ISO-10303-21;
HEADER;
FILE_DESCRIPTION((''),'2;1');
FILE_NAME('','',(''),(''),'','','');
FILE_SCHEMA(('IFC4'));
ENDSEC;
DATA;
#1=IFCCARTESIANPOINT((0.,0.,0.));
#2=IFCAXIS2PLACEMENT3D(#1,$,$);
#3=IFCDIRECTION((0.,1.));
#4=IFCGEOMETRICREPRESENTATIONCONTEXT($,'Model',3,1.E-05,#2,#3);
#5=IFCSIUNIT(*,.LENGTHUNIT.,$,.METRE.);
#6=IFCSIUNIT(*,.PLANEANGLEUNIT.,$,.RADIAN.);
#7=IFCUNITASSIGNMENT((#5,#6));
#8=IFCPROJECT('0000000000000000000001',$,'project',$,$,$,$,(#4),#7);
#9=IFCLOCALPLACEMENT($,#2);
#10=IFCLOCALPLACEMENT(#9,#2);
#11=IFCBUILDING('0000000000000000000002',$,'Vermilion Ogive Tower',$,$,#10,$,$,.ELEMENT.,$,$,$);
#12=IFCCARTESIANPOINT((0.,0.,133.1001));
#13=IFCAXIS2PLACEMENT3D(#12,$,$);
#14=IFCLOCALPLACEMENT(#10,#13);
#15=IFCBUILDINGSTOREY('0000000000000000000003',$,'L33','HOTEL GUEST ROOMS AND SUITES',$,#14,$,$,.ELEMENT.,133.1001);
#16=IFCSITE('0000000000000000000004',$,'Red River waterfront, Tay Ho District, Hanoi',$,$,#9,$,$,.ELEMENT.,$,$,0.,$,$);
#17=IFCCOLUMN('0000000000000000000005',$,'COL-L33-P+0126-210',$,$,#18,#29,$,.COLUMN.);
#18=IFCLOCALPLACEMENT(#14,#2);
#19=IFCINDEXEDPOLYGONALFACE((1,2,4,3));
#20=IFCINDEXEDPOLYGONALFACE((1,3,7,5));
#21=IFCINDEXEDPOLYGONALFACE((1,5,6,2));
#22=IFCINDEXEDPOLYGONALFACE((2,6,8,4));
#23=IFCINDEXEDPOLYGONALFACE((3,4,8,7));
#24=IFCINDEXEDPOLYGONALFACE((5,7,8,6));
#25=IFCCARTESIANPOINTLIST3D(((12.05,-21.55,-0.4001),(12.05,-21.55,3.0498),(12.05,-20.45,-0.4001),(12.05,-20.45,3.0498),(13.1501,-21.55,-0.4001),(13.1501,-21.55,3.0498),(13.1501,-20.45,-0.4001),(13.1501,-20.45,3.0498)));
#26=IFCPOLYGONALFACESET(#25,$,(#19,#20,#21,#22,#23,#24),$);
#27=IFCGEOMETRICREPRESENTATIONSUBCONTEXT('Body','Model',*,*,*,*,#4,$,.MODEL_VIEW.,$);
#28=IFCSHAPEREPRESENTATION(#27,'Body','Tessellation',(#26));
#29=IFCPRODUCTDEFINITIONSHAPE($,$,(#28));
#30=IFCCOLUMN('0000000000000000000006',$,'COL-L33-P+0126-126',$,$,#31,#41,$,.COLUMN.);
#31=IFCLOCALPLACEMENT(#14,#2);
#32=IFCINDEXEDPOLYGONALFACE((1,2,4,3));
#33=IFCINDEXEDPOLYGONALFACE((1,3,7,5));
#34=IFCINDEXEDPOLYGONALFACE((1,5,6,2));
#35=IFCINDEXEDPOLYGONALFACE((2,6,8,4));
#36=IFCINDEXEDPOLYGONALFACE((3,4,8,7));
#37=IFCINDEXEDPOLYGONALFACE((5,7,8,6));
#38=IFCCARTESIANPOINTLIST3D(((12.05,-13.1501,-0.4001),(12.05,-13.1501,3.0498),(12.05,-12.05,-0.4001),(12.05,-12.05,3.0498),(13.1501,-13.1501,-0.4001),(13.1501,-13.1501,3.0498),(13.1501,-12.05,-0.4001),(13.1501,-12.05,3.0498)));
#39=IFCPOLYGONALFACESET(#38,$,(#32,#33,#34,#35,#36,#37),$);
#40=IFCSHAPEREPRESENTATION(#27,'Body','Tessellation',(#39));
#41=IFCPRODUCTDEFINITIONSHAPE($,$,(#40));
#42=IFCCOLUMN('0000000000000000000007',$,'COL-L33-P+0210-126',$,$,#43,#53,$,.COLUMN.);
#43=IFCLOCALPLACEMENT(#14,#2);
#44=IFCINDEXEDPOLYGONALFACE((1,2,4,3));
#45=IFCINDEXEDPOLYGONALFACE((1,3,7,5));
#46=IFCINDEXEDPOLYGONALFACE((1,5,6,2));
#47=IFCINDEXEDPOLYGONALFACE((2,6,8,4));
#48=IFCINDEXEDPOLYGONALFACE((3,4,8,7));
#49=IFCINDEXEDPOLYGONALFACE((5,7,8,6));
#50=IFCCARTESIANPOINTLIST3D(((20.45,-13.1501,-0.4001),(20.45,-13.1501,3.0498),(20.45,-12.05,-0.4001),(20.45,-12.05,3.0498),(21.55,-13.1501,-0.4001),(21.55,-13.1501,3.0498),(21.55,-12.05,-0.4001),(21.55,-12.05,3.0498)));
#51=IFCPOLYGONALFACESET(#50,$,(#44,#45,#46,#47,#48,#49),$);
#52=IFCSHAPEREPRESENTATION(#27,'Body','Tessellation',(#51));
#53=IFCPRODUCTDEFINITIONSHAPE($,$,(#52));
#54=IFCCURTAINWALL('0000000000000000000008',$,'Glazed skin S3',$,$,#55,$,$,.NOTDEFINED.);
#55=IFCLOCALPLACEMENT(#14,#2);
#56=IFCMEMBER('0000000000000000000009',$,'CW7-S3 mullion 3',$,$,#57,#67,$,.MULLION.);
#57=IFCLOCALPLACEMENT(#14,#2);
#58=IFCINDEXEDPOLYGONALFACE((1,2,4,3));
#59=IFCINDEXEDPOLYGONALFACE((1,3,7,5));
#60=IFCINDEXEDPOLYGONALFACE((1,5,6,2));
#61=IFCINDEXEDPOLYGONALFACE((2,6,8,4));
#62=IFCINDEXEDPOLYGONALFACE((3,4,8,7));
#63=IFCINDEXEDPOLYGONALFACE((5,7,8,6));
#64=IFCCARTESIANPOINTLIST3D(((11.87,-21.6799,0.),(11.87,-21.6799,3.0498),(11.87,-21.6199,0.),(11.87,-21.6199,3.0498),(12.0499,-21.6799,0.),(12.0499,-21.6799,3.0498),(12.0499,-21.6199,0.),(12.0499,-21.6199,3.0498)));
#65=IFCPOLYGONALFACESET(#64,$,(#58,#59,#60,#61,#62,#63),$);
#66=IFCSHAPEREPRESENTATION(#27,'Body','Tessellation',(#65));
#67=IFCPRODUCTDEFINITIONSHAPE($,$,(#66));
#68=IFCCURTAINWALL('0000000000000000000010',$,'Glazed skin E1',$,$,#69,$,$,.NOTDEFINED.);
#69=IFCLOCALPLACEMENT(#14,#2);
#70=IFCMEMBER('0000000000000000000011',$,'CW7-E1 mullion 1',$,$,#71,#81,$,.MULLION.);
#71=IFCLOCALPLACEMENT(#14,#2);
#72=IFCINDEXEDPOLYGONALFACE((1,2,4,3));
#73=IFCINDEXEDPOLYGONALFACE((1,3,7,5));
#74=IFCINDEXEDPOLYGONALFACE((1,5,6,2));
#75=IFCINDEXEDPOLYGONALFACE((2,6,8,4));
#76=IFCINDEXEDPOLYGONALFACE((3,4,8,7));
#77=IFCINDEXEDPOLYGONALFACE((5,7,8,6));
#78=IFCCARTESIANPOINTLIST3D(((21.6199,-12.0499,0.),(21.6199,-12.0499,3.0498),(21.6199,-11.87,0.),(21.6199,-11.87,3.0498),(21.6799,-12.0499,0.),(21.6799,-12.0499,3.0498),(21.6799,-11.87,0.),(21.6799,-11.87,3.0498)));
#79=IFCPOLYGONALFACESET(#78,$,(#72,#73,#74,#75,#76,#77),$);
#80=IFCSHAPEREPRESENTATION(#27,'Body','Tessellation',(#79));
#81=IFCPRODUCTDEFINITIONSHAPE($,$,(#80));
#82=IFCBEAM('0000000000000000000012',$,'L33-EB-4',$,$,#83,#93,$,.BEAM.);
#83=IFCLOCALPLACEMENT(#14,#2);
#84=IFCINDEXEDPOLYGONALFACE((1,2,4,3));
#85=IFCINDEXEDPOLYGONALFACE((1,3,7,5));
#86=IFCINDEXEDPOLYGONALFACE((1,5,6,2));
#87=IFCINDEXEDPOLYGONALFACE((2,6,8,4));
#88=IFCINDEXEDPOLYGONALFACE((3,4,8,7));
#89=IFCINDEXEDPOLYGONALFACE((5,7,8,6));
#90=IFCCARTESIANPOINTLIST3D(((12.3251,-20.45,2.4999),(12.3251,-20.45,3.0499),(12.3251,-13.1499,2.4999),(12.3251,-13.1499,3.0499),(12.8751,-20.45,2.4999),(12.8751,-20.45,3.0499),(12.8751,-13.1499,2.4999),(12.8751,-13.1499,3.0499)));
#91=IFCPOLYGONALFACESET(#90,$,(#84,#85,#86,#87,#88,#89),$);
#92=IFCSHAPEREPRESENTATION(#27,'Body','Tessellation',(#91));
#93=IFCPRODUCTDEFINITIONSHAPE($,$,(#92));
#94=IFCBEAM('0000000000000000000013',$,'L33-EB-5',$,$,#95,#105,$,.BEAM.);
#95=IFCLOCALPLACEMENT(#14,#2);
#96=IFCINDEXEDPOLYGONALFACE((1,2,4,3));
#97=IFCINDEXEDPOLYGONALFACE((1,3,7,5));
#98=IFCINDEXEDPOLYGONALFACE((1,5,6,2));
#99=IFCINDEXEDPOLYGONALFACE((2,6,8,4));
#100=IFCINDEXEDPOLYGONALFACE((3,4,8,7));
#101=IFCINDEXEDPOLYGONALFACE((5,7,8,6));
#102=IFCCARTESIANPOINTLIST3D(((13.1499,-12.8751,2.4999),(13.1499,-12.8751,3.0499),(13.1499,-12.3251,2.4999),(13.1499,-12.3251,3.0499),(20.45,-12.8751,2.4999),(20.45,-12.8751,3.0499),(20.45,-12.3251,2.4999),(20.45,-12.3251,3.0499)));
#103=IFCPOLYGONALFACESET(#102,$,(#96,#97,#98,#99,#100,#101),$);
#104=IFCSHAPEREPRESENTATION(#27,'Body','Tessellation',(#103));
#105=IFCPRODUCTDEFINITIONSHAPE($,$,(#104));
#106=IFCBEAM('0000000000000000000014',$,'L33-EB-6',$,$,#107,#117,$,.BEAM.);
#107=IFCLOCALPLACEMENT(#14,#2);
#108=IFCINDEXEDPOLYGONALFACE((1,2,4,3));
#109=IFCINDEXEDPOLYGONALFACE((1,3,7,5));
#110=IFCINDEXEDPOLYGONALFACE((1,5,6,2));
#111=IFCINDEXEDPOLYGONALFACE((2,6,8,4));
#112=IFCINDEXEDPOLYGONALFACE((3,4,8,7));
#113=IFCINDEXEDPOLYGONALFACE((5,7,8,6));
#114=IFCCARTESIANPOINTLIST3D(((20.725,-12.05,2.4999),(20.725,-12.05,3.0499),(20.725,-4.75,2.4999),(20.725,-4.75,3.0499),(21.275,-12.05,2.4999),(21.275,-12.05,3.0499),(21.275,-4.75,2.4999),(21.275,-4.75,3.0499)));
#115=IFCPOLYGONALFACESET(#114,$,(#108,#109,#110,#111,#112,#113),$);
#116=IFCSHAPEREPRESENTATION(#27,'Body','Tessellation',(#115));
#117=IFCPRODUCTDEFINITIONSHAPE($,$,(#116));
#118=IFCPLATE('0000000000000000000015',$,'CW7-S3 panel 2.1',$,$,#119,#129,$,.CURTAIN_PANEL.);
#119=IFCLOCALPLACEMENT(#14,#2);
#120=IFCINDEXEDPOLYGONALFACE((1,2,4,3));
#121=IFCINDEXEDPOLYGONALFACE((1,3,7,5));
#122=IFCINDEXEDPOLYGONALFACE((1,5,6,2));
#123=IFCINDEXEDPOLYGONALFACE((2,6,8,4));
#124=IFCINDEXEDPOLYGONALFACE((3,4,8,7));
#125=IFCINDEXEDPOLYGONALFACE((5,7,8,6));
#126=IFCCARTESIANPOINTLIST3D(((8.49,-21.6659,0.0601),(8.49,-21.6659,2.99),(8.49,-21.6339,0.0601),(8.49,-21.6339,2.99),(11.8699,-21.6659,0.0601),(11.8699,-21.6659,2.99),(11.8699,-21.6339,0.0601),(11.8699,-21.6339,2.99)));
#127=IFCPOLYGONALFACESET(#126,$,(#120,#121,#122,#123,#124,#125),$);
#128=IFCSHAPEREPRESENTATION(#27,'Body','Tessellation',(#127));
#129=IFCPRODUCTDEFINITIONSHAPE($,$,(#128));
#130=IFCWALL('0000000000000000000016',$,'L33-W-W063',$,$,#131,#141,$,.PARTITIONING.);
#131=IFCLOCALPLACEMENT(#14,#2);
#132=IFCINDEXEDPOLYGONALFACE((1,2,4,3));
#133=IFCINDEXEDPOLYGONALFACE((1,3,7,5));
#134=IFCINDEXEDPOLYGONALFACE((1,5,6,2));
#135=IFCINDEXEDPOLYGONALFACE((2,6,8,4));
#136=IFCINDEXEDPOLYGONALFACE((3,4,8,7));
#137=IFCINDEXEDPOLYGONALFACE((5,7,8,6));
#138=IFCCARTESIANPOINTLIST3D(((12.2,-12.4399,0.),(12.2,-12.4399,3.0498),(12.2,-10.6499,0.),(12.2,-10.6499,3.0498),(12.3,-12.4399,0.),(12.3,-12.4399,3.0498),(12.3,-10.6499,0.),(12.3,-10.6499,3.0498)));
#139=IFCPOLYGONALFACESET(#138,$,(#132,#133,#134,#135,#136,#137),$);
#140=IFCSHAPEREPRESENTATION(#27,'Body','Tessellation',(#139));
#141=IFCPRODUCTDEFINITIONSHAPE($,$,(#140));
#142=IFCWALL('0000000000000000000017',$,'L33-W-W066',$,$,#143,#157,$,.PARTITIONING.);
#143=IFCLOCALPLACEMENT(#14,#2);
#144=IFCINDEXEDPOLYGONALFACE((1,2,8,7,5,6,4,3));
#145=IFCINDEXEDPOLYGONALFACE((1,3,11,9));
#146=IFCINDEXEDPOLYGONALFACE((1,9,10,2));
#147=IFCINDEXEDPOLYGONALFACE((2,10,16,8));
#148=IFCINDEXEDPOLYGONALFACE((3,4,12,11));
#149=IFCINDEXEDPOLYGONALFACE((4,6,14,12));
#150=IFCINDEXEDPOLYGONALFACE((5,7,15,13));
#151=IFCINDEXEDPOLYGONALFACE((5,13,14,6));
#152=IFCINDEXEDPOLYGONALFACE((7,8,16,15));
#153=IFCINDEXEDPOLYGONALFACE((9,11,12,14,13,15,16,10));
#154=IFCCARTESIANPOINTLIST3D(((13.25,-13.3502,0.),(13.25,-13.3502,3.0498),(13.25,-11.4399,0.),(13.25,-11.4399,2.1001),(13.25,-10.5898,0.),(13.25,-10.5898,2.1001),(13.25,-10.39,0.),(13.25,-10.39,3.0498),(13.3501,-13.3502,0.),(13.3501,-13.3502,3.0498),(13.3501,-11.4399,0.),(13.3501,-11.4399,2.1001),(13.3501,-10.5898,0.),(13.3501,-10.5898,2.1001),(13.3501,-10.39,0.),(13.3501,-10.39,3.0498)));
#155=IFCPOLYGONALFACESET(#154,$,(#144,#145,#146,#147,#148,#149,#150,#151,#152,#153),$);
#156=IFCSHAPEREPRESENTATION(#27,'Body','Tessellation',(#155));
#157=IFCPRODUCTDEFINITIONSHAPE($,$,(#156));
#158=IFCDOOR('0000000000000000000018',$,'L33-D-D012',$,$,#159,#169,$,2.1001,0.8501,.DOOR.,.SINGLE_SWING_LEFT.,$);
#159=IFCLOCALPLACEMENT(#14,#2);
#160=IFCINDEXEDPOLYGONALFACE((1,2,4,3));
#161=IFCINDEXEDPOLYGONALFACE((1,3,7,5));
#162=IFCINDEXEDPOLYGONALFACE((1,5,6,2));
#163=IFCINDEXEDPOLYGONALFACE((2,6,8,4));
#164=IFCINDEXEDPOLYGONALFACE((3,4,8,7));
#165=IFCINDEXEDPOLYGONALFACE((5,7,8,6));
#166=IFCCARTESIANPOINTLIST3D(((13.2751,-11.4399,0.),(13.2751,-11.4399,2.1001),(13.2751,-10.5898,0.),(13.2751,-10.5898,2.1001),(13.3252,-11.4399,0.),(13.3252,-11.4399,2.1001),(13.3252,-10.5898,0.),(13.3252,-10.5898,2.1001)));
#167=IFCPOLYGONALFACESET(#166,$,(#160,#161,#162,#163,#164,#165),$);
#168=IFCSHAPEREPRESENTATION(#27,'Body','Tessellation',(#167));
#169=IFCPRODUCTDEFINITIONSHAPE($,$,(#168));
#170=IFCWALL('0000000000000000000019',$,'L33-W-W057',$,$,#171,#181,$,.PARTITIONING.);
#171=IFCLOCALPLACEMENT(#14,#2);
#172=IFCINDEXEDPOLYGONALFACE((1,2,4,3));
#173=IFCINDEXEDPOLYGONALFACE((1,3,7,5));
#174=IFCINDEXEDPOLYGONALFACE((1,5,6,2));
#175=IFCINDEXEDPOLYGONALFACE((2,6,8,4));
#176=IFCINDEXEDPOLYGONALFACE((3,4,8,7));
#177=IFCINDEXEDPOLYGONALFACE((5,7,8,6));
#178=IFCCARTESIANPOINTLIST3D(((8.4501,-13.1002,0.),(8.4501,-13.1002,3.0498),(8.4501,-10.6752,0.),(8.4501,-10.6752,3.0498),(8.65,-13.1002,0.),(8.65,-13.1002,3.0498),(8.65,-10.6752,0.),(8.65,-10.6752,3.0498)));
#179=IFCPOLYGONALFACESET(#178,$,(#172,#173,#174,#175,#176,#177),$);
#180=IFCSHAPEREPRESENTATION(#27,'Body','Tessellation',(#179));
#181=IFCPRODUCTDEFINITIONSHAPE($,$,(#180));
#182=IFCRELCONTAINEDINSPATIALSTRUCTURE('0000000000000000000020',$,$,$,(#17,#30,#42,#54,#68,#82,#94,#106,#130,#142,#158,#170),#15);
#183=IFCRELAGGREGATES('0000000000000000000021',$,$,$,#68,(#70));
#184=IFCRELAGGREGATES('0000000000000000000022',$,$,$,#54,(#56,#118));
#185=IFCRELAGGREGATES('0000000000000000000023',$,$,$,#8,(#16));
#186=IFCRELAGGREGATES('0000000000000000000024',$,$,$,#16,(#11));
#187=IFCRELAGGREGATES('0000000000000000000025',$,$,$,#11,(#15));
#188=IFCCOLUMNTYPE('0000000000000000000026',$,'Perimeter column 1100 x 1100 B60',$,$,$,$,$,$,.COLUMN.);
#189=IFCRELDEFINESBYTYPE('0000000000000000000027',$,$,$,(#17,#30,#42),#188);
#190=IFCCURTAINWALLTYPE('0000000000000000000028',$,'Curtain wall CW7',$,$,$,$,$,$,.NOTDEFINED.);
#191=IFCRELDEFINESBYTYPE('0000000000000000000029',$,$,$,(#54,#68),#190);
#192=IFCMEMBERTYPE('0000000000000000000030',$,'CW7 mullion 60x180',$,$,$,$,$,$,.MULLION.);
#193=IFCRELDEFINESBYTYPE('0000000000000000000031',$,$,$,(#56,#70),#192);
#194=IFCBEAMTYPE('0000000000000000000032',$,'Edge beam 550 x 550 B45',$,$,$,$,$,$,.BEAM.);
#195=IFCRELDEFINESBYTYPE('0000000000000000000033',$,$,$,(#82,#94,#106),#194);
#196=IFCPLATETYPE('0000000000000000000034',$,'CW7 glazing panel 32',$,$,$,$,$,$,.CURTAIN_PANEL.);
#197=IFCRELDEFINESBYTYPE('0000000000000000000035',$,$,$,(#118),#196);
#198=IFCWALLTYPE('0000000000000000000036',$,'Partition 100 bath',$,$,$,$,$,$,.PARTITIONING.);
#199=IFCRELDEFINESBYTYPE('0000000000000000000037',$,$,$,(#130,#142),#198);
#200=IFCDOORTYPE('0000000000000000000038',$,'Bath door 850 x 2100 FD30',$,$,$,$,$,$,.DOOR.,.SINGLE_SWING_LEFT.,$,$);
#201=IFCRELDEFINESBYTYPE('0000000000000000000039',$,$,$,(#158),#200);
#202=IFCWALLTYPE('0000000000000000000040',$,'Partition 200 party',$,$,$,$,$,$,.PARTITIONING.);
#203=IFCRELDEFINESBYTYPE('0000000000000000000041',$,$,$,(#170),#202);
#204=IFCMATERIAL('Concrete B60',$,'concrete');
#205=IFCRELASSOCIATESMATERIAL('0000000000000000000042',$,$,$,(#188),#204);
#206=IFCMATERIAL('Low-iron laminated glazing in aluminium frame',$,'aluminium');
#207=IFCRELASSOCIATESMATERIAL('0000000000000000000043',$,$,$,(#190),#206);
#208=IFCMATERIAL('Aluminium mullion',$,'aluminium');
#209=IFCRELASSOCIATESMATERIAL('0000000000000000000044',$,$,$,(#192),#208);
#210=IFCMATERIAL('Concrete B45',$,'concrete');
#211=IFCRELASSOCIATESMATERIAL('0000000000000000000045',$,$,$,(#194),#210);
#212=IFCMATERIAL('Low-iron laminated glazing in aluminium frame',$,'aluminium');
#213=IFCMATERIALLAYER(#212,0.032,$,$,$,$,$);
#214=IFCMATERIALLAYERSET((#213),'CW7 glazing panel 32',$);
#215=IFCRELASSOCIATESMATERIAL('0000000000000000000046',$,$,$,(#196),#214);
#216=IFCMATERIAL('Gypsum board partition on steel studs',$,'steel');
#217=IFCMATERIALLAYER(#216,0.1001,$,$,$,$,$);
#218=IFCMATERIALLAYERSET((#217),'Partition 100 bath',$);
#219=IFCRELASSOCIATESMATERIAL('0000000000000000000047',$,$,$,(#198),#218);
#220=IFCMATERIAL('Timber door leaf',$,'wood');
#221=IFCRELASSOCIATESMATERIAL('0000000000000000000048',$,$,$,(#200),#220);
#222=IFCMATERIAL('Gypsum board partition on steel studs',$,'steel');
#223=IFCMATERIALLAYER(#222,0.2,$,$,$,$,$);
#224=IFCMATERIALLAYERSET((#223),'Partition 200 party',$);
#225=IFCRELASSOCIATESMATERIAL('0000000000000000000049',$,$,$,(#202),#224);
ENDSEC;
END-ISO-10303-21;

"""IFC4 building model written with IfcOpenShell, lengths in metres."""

from ifc_helpers import new_model, si_unit, direction, frame, frame_2d, origin, origin_2d, place, context, subcontext, project, spatial, rectangle, extrude, material, layer, layer_set, material_profile, profile_set, type_object, element, fill, aggregate, save


model = new_model("IFC4")

# Units and contexts
model_context = context("Model", 3, precision=1e-05, world=origin(), true_north=direction((0.0, 1.0)))
body_context = subcontext(model_context, "Body", "Model", "MODEL_VIEW")
ifc_project = project(units=[si_unit("LENGTHUNIT", "METRE"), si_unit("PLANEANGLEUNIT", "RADIAN")], contexts=[model_context])

# Site, building, storey
site_placement = place(None, origin())
site = spatial("IfcSite", under=ifc_project, at=site_placement, Name="Red River waterfront, Tay Ho District, Hanoi", CompositionType="ELEMENT", RefElevation=0.0)
building_placement = place(site_placement, origin())
building = spatial("IfcBuilding", under=site, at=building_placement, Name="Vermilion Ogive Tower", CompositionType="ELEMENT")
storey_placement = place(building_placement, frame((0.0, 0.0, 133.1001)))
storey = spatial("IfcBuildingStorey", under=building, at=storey_placement, Name="L33", Description="HOTEL GUEST ROOMS AND SUITES", CompositionType="ELEMENT", Elevation=133.1001)

# Columns
ifc_material_1 = material(Name="Concrete B60", Category="concrete")
ifc_material_profile_1 = material_profile(ifc_material_1, rectangle(XDim=1.1001, YDim=1.1001, at=origin_2d()), Name="1100 x 1100")
ifc_profile_set_1 = profile_set([ifc_material_profile_1], Name="Concrete B60")
column_type = type_object("IfcColumnType", Name="Perimeter column 1100 x 1100 B60", PredefinedType="COLUMN", material=ifc_profile_set_1)
for number, where, z_axis, x_axis, name in (
    (1, (12.6001, -21.0, -0.4001), (0.0, 0.0, 1.0), (1.0, 0.0, 0.0), "COL-L33-P+0126-210"),
    (2, (12.6001, -12.6001, -0.4001), (0.0, 0.0, 1.0), (1.0, 0.0, 0.0), "COL-L33-P+0126-126"),
    (3, (21.0, -12.6001, -0.4001), (0.0, 0.0, 1.0), (1.0, 0.0, 0.0), "COL-L33-P+0210-126"),
):
    element("IfcColumn", number, at=place(storey_placement, frame(where, z_axis=z_axis, x_axis=x_axis)), inside=storey, type_object=column_type, Name=name, PredefinedType="COLUMN", context=body_context, shape_type="SweptSolid", body=[
        extrude(rectangle(XDim=1.1001, YDim=1.1001, at=origin_2d()), origin(), (0.0, 0.0, 1.0), 3.45),
    ])

# Curtain walls, members
ifc_material_2 = material(Name="Low-iron laminated glazing in aluminium frame", Category="aluminium")
curtain_wall_type = type_object("IfcCurtainWallType", Name="Curtain wall CW7", PredefinedType="NOTDEFINED", material=ifc_material_2)
curtain_wall_1_placement = place(storey_placement, origin())
curtain_wall_1 = element("IfcCurtainWall", 4, at=curtain_wall_1_placement, inside=storey, type_object=curtain_wall_type, Name="Glazed skin S3", PredefinedType="NOTDEFINED")
ifc_material_3 = material(Name="Aluminium mullion", Category="aluminium")
ifc_material_profile_2 = material_profile(ifc_material_3, rectangle(XDim=0.0601, YDim=0.1799, at=origin_2d()), Name="AL 60x180")
ifc_profile_set_2 = profile_set([ifc_material_profile_2], Name="Aluminium mullion")
member_type = type_object("IfcMemberType", Name="CW7 mullion 60x180", PredefinedType="MULLION", material=ifc_profile_set_2)
member_1_placement = place(storey_placement, frame((11.96, -21.6499, 0.0), z_axis=(0.0, 0.0, 1.0), x_axis=(0.0, 1.0, 0.0)))
member_1 = element("IfcMember", 5, at=member_1_placement, type_object=member_type, Name="CW7-S3 mullion 3", PredefinedType="MULLION", context=body_context, shape_type="SweptSolid", body=[
    extrude(rectangle(XDim=0.0601, YDim=0.1799, at=origin_2d()), origin(), (0.0, 0.0, 1.0), 3.0498),
])
curtain_wall_2_placement = place(storey_placement, origin())
curtain_wall_2 = element("IfcCurtainWall", 6, at=curtain_wall_2_placement, inside=storey, type_object=curtain_wall_type, Name="Glazed skin E1", PredefinedType="NOTDEFINED")
member_2_placement = place(storey_placement, frame((21.6499, -11.96, 0.0), z_axis=(0.0, 0.0, 1.0), x_axis=(-1.0, 0.0, 0.0)))
member_2 = element("IfcMember", 7, at=member_2_placement, type_object=member_type, Name="CW7-E1 mullion 1", PredefinedType="MULLION", context=body_context, shape_type="SweptSolid", body=[
    extrude(rectangle(XDim=0.0601, YDim=0.1799, at=origin_2d()), origin(), (0.0, 0.0, 1.0), 3.0498),
])
aggregate(curtain_wall_2, [member_2])

# Beams
ifc_material_4 = material(Name="Concrete B45", Category="concrete")
ifc_material_profile_3 = material_profile(ifc_material_4, rectangle(XDim=0.55, YDim=0.55, at=origin_2d()), Name="550 x 550")
ifc_profile_set_3 = profile_set([ifc_material_profile_3], Name="Concrete B45")
beam_type = type_object("IfcBeamType", Name="Edge beam 550 x 550 B45", PredefinedType="BEAM", material=ifc_profile_set_3)
for number, where, z_axis, x_axis, name in (
    (8, (12.6001, -20.45, 2.7749), (0.0, 1.0, 0.0), (-1.0, 0.0, 0.0), "L33-EB-4"),
    (9, (13.1499, -12.6001, 2.7749), (1.0, 0.0, 0.0), (0.0, 1.0, 0.0), "L33-EB-5"),
    (10, (21.0, -12.05, 2.7749), (0.0, 1.0, 0.0), (-1.0, 0.0, 0.0), "L33-EB-6"),
):
    element("IfcBeam", number, at=place(storey_placement, frame(where, z_axis=z_axis, x_axis=x_axis)), inside=storey, type_object=beam_type, Name=name, PredefinedType="BEAM", context=body_context, shape_type="SweptSolid", body=[
        extrude(rectangle(XDim=0.55, YDim=0.55, at=origin_2d()), origin(), (0.0, 0.0, 1.0), 7.3),
    ])

# Plate
ifc_material_5 = material(Name="Low-iron laminated glazing in aluminium frame", Category="aluminium")
ifc_layer_1 = layer(ifc_material_5, 0.032)
ifc_layer_set_1 = layer_set([ifc_layer_1], Name="CW7 glazing panel 32")
plate_type = type_object("IfcPlateType", Name="CW7 glazing panel 32", PredefinedType="CURTAIN_PANEL", material=ifc_layer_set_1)
plate_placement = place(storey_placement, frame((10.1799, -21.6499, 0.0601), z_axis=(0.0, 0.0, 1.0), x_axis=(1.0, 0.0, 0.0)))
plate = element("IfcPlate", 11, at=plate_placement, type_object=plate_type, Name="CW7-S3 panel 2.1", PredefinedType="CURTAIN_PANEL", context=body_context, shape_type="SweptSolid", body=[
    extrude(rectangle(XDim=3.3799, YDim=0.032, at=origin_2d()), origin(), (0.0, 0.0, 1.0), 2.9299),
])
aggregate(curtain_wall_1, [member_1, plate])

# Wall
ifc_material_6 = material(Name="Gypsum board partition on steel studs", Category="steel")
ifc_layer_2 = layer(ifc_material_6, 0.1001)
ifc_layer_set_2 = layer_set([ifc_layer_2], Name="Partition 100 bath")
wall_type_1 = type_object("IfcWallType", Name="Partition 100 bath", PredefinedType="PARTITIONING", material=ifc_layer_set_2)
wall_1_placement = place(storey_placement, frame((12.25, -12.4399, 0.0), z_axis=(0.0, 0.0, 1.0), x_axis=(0.0, 1.0, 0.0)))
element("IfcWall", 12, at=wall_1_placement, inside=storey, type_object=wall_type_1, Name="L33-W-W063", PredefinedType="PARTITIONING", context=body_context, shape_type="SweptSolid", body=[
    extrude(rectangle(XDim=1.79, YDim=0.1001, at=frame_2d((0.895, 0.0))), origin(), (0.0, 0.0, 1.0), 3.0498),
])

# Wall, opening, door
wall_2_placement = place(storey_placement, frame((13.3, -13.3501, 0.0), z_axis=(0.0, 0.0, 1.0), x_axis=(0.0, 1.0, 0.0)))
wall_2 = element("IfcWall", 13, at=wall_2_placement, inside=storey, type_object=wall_type_1, Name="L33-W-W066", PredefinedType="PARTITIONING", context=body_context, shape_type="SweptSolid", body=[
    extrude(rectangle(XDim=2.9602, YDim=0.1001, at=frame_2d((1.48, 0.0))), origin(), (0.0, 0.0, 1.0), 3.0498),
])
opening_1_placement = place(wall_2_placement, frame((1.9102, 0.0, 0.0)))
opening_1 = element("IfcOpeningElement", 14, at=opening_1_placement, cuts=wall_2, PredefinedType="OPENING", context=body_context, shape_type="SweptSolid", body=[
    extrude(rectangle(XDim=0.8501, YDim=2.1001, at=frame_2d((0.425, 1.05))), frame((0.0, 0.0601, 0.0), z_axis=(0.0, -1.0, 0.0), x_axis=(1.0, 0.0, 0.0)), (0.0, 0.0, 1.0), 0.1201),
])
ifc_material_7 = material(Name="Timber door leaf", Category="wood")
door_type_1 = type_object("IfcDoorType", Name="Bath door 850 x 2100 FD30", OperationType="SINGLE_SWING_LEFT", PredefinedType="DOOR", material=ifc_material_7)
door_1_placement = place(opening_1_placement, origin())
door_1 = element("IfcDoor", 15, at=door_1_placement, inside=storey, type_object=door_type_1, Name="L33-D-D012", OperationType="SINGLE_SWING_LEFT", OverallHeight=2.1001, OverallWidth=0.8501, PredefinedType="DOOR", context=body_context, shape_type="SweptSolid", body=[
    extrude(rectangle(XDim=0.8501, YDim=2.1001, at=frame_2d((0.425, 1.05))), frame((0.0, 0.0249, 0.0), z_axis=(0.0, -1.0, 0.0), x_axis=(1.0, 0.0, 0.0)), (0.0, 0.0, 1.0), 0.05),
])
fill(opening_1, door_1)

# Wall
ifc_material_8 = material(Name="Gypsum board partition on steel studs", Category="steel")
ifc_layer_3 = layer(ifc_material_8, 0.2)
ifc_layer_set_3 = layer_set([ifc_layer_3], Name="Partition 200 party")
wall_type_2 = type_object("IfcWallType", Name="Partition 200 party", PredefinedType="PARTITIONING", material=ifc_layer_set_3)
wall_3_placement = place(storey_placement, frame((8.55, -13.1001, 0.0), z_axis=(0.0, 0.0, 1.0), x_axis=(0.0, 1.0, 0.0)))
element("IfcWall", 16, at=wall_3_placement, inside=storey, type_object=wall_type_2, Name="L33-W-W057", PredefinedType="PARTITIONING", context=body_context, shape_type="SweptSolid", body=[
    extrude(rectangle(XDim=2.425, YDim=0.2, at=frame_2d((1.2124, 0.0))), origin(), (0.0, 0.0, 1.0), 3.0498),
])

save(model, "model.ifc")
